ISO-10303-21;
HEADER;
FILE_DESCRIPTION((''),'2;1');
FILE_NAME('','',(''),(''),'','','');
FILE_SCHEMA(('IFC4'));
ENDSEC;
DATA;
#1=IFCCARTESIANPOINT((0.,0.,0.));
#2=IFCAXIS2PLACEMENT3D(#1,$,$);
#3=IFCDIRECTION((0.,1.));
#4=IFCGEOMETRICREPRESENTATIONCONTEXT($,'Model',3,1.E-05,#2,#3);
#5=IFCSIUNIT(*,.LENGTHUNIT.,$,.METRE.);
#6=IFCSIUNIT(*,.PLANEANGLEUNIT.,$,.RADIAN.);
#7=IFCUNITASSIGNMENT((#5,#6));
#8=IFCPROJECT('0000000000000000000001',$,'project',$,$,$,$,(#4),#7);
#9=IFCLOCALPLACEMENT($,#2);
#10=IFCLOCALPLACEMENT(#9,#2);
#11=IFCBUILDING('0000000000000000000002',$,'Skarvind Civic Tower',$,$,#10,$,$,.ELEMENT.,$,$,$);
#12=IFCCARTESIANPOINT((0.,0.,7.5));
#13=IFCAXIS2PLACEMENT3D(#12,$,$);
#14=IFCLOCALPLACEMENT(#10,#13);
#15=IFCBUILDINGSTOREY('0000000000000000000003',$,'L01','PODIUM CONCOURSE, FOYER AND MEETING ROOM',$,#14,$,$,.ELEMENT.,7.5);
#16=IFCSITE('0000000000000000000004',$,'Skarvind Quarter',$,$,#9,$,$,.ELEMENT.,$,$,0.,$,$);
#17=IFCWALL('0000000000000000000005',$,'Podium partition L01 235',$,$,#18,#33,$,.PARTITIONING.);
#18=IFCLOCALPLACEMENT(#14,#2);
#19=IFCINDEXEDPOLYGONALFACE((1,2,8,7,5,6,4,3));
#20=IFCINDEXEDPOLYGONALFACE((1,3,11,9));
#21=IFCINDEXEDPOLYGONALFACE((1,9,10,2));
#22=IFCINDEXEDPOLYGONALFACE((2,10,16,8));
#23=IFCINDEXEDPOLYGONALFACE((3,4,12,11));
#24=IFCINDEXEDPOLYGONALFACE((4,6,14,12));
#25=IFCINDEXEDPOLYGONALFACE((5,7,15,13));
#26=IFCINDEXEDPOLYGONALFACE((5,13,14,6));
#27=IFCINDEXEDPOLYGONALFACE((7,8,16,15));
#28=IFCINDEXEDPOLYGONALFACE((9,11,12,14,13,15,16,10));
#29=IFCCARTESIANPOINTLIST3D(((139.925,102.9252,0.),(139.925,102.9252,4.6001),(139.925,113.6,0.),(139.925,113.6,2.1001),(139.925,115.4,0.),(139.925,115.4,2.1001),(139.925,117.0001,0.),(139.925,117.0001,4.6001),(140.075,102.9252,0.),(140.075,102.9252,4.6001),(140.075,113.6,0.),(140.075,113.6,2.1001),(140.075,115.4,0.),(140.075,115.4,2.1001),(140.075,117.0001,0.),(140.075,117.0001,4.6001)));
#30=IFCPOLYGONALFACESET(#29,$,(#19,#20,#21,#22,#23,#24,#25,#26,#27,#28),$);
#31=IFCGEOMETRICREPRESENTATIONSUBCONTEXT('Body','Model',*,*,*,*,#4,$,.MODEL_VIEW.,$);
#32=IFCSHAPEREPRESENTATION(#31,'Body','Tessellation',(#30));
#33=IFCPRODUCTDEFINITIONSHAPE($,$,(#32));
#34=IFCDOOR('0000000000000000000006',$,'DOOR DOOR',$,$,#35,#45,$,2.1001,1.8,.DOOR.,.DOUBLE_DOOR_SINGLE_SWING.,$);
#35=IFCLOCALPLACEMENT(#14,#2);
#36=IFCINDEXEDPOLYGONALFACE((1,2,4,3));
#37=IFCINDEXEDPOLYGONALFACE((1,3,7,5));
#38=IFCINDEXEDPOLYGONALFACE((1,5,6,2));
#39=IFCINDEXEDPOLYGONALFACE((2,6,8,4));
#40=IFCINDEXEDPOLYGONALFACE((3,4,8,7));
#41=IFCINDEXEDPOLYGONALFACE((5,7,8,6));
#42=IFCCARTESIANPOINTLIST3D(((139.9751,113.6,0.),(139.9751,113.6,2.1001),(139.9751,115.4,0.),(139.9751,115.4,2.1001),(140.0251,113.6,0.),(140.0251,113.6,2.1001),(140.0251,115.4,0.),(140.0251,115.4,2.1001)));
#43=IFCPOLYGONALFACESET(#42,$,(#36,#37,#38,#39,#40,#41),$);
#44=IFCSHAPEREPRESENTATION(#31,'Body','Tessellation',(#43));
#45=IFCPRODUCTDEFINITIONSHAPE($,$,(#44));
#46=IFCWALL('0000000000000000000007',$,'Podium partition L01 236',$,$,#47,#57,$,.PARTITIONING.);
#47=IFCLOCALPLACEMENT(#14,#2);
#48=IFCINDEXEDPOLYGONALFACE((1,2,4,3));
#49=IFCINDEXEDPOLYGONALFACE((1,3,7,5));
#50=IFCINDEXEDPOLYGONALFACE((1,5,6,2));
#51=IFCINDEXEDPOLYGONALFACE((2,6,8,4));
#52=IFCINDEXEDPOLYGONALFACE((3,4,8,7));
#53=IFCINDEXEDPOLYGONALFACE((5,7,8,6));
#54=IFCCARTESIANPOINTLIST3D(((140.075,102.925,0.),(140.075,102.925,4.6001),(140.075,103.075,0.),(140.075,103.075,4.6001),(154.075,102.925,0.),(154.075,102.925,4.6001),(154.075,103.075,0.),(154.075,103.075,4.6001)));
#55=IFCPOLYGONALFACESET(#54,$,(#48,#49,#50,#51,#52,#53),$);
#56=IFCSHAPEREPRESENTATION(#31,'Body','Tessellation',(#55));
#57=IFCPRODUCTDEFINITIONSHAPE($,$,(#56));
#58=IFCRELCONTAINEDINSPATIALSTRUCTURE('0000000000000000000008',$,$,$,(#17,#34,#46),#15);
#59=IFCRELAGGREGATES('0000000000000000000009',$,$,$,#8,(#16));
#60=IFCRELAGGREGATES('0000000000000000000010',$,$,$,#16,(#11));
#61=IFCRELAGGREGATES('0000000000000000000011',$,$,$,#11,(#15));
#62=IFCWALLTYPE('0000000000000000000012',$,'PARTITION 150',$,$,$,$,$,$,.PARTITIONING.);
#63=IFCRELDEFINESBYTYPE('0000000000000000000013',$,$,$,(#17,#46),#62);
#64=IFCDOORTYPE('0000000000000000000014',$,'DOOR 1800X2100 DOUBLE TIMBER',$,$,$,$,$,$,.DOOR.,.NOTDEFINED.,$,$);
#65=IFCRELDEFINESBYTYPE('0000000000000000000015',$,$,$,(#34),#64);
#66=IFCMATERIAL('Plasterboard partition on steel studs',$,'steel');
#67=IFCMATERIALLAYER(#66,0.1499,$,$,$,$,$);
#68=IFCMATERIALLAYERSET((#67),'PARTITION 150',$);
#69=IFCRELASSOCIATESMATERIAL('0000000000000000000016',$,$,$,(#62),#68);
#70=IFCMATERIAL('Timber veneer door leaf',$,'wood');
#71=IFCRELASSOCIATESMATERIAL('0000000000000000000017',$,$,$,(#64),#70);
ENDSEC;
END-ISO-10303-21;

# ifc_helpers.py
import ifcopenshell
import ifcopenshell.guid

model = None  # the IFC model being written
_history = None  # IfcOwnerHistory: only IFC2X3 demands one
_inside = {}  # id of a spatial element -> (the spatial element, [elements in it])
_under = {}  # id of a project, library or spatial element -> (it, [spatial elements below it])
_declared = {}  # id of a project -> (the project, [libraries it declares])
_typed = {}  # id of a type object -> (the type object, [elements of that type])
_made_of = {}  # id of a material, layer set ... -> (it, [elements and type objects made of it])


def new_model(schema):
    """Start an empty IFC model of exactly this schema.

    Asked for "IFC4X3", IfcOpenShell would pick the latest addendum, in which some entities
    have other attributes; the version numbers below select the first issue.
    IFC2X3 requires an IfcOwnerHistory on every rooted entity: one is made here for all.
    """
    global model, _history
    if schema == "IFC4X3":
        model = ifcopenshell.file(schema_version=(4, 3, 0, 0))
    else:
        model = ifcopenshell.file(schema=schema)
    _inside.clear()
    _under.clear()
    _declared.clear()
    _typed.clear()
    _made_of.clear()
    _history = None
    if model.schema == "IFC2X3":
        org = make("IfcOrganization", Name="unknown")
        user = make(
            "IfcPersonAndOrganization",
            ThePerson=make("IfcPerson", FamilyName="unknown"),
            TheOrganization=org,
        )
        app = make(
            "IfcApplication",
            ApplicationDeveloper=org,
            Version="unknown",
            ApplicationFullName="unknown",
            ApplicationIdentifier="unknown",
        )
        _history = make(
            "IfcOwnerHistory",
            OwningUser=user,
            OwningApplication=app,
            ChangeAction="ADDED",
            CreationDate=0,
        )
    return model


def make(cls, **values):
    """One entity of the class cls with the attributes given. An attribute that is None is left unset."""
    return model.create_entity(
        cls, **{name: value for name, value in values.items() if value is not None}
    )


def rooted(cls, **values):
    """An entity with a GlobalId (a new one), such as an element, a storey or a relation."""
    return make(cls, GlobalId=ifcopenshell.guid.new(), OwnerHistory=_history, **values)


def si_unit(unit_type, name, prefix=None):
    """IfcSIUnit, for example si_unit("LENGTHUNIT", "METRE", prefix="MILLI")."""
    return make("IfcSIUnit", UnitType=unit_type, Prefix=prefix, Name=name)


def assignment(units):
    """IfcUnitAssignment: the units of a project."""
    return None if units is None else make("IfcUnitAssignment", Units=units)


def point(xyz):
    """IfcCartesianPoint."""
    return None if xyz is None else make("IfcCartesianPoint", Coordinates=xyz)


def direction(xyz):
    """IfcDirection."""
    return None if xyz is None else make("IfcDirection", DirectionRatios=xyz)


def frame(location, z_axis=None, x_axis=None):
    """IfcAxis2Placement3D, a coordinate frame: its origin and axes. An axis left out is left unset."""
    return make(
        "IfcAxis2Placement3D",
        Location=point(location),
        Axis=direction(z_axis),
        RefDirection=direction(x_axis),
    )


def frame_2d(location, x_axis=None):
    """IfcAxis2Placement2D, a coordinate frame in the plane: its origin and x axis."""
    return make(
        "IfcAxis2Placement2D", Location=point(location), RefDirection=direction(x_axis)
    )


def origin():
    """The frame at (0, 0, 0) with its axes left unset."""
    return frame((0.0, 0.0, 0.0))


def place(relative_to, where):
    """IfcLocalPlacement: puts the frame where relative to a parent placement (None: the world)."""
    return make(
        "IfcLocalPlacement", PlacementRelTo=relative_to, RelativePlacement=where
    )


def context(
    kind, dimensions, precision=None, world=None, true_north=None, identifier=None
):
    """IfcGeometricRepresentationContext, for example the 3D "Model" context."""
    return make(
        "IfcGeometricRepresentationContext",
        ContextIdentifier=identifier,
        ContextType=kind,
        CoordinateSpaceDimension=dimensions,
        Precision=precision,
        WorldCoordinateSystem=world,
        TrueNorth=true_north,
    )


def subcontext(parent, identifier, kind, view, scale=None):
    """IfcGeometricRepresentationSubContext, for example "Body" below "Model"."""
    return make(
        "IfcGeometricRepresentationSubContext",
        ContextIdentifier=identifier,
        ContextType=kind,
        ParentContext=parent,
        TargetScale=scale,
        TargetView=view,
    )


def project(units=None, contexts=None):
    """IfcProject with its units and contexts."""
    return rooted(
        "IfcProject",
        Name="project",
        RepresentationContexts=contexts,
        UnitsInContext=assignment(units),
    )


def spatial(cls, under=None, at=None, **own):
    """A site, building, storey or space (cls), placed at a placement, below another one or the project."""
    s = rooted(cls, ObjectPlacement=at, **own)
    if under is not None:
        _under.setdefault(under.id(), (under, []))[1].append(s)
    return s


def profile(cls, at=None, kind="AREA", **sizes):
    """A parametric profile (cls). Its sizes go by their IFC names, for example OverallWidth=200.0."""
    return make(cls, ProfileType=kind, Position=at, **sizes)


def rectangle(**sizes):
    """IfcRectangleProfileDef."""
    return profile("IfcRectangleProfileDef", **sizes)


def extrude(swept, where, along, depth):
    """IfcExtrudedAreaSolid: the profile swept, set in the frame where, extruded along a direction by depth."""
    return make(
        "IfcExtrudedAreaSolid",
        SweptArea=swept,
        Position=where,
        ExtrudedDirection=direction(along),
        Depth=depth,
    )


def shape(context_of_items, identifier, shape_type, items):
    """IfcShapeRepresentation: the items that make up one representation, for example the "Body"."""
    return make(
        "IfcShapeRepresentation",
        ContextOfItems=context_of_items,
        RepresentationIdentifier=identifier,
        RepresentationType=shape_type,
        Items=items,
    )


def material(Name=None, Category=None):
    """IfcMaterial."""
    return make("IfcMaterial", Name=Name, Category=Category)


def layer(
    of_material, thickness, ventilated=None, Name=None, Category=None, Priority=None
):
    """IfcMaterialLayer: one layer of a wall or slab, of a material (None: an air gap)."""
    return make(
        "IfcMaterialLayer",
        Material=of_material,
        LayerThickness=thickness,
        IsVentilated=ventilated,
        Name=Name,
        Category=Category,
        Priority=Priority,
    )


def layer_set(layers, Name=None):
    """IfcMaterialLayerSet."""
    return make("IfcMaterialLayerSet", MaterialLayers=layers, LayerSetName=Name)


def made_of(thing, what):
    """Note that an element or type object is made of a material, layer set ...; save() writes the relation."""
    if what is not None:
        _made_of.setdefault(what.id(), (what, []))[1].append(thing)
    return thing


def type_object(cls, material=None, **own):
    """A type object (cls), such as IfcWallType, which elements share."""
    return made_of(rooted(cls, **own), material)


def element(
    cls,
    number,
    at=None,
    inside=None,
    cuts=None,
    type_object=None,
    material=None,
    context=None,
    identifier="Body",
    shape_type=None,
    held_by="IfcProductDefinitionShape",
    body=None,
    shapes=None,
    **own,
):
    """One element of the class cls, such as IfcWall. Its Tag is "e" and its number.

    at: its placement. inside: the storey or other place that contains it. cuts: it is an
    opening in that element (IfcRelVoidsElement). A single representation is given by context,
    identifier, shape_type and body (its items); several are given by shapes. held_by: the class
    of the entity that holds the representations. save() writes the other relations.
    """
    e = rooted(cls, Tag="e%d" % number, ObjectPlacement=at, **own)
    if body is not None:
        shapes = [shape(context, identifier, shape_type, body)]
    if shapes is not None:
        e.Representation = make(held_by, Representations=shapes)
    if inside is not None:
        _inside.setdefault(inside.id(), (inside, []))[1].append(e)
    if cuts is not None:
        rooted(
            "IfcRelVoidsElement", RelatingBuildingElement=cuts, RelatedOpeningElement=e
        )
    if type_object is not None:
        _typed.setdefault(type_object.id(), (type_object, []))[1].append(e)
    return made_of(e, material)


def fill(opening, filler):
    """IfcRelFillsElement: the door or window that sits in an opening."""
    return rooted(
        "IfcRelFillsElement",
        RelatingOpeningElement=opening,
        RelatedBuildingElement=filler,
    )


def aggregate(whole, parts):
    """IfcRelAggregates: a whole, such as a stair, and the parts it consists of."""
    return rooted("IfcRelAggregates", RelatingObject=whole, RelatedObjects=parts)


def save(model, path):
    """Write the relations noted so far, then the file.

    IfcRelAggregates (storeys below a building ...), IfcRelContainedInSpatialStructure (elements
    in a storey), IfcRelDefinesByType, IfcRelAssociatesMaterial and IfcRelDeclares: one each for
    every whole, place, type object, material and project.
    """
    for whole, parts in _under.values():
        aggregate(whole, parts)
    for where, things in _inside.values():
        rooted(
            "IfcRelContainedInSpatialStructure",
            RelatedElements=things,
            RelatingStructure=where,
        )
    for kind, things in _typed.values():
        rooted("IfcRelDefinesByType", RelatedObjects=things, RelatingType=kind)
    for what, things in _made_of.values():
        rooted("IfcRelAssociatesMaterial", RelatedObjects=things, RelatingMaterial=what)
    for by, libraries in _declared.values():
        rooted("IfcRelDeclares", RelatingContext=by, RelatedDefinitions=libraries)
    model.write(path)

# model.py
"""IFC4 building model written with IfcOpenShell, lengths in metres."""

from ifc_helpers import new_model, si_unit, direction, frame, frame_2d, origin, place, context, subcontext, project, spatial, rectangle, extrude, material, layer, layer_set, type_object, element, fill, save


model = new_model("IFC4")

# Units and contexts
model_context = context("Model", 3, precision=1e-05, world=origin(), true_north=direction((0.0, 1.0)))
body_context = subcontext(model_context, "Body", "Model", "MODEL_VIEW")
ifc_project = project(units=[si_unit("LENGTHUNIT", "METRE"), si_unit("PLANEANGLEUNIT", "RADIAN")], contexts=[model_context])

# Site, building, storey
site_placement = place(None, origin())
site = spatial("IfcSite", under=ifc_project, at=site_placement, Name="Skarvind Quarter", CompositionType="ELEMENT", RefElevation=0.0)
building_placement = place(site_placement, origin())
building = spatial("IfcBuilding", under=site, at=building_placement, Name="Skarvind Civic Tower", CompositionType="ELEMENT")
storey_placement = place(building_placement, frame((0.0, 0.0, 7.5)))
storey = spatial("IfcBuildingStorey", under=building, at=storey_placement, Name="L01", Description="PODIUM CONCOURSE, FOYER AND MEETING ROOM", CompositionType="ELEMENT", Elevation=7.5)

# Wall, opening, door
ifc_material_1 = material(Name="Plasterboard partition on steel studs", Category="steel")
ifc_layer_1 = layer(ifc_material_1, 0.1499)
ifc_layer_set_1 = layer_set([ifc_layer_1], Name="PARTITION 150")
wall_type = type_object("IfcWallType", Name="PARTITION 150", PredefinedType="PARTITIONING", material=ifc_layer_set_1)
ifc_material_2 = material(Name="Timber veneer door leaf", Category="wood")
wall_1_placement = place(storey_placement, frame((140.0, 102.925, 0.0), z_axis=(0.0, 0.0, 1.0), x_axis=(0.0, 1.0, 0.0)))
wall_1 = element("IfcWall", 1, at=wall_1_placement, inside=storey, type_object=wall_type, Name="Podium partition L01 235", PredefinedType="PARTITIONING", context=body_context, shape_type="SweptSolid", body=[
    extrude(rectangle(XDim=14.075, YDim=0.1499, at=frame_2d((7.0376, 0.0))), origin(), (0.0, 0.0, 1.0), 4.6001),
])
opening_1_placement = place(wall_1_placement, frame((10.675, 0.0, 0.0)))
opening_1 = element("IfcOpeningElement", 2, at=opening_1_placement, cuts=wall_1, PredefinedType="OPENING", context=body_context, shape_type="SweptSolid", body=[
    extrude(rectangle(XDim=1.8, YDim=2.1001, at=frame_2d((0.8999, 1.05))), frame((0.0, 0.085, 0.0), z_axis=(0.0, -1.0, 0.0), x_axis=(1.0, 0.0, 0.0)), (0.0, 0.0, 1.0), 0.1699),
])
door_type_1 = type_object("IfcDoorType", Name="DOOR 1800X2100 DOUBLE TIMBER", OperationType="NOTDEFINED", PredefinedType="DOOR", material=ifc_material_2)
door_1_placement = place(opening_1_placement, origin())
door_1 = element("IfcDoor", 3, at=door_1_placement, inside=storey, type_object=door_type_1, Name="DOOR DOOR", OperationType="DOUBLE_DOOR_SINGLE_SWING", OverallHeight=2.1001, OverallWidth=1.8, PredefinedType="DOOR", context=body_context, shape_type="SweptSolid", body=[
    extrude(rectangle(XDim=1.8, YDim=2.1001, at=frame_2d((0.8999, 1.05))), frame((0.0, 0.0249, 0.0), z_axis=(0.0, -1.0, 0.0), x_axis=(1.0, 0.0, 0.0)), (0.0, 0.0, 1.0), 0.05),
])
fill(opening_1, door_1)

# Wall
wall_2_placement = place(storey_placement, frame((140.075, 103.0, 0.0), z_axis=(0.0, 0.0, 1.0), x_axis=(1.0, 0.0, 0.0)))
element("IfcWall", 4, at=wall_2_placement, inside=storey, type_object=wall_type, Name="Podium partition L01 236", PredefinedType="PARTITIONING", context=body_context, shape_type="SweptSolid", body=[
    extrude(rectangle(XDim=14.0, YDim=0.1499, at=frame_2d((7.0, 0.0))), origin(), (0.0, 0.0, 1.0), 4.6001),
])

save(model, "model.ifc")
